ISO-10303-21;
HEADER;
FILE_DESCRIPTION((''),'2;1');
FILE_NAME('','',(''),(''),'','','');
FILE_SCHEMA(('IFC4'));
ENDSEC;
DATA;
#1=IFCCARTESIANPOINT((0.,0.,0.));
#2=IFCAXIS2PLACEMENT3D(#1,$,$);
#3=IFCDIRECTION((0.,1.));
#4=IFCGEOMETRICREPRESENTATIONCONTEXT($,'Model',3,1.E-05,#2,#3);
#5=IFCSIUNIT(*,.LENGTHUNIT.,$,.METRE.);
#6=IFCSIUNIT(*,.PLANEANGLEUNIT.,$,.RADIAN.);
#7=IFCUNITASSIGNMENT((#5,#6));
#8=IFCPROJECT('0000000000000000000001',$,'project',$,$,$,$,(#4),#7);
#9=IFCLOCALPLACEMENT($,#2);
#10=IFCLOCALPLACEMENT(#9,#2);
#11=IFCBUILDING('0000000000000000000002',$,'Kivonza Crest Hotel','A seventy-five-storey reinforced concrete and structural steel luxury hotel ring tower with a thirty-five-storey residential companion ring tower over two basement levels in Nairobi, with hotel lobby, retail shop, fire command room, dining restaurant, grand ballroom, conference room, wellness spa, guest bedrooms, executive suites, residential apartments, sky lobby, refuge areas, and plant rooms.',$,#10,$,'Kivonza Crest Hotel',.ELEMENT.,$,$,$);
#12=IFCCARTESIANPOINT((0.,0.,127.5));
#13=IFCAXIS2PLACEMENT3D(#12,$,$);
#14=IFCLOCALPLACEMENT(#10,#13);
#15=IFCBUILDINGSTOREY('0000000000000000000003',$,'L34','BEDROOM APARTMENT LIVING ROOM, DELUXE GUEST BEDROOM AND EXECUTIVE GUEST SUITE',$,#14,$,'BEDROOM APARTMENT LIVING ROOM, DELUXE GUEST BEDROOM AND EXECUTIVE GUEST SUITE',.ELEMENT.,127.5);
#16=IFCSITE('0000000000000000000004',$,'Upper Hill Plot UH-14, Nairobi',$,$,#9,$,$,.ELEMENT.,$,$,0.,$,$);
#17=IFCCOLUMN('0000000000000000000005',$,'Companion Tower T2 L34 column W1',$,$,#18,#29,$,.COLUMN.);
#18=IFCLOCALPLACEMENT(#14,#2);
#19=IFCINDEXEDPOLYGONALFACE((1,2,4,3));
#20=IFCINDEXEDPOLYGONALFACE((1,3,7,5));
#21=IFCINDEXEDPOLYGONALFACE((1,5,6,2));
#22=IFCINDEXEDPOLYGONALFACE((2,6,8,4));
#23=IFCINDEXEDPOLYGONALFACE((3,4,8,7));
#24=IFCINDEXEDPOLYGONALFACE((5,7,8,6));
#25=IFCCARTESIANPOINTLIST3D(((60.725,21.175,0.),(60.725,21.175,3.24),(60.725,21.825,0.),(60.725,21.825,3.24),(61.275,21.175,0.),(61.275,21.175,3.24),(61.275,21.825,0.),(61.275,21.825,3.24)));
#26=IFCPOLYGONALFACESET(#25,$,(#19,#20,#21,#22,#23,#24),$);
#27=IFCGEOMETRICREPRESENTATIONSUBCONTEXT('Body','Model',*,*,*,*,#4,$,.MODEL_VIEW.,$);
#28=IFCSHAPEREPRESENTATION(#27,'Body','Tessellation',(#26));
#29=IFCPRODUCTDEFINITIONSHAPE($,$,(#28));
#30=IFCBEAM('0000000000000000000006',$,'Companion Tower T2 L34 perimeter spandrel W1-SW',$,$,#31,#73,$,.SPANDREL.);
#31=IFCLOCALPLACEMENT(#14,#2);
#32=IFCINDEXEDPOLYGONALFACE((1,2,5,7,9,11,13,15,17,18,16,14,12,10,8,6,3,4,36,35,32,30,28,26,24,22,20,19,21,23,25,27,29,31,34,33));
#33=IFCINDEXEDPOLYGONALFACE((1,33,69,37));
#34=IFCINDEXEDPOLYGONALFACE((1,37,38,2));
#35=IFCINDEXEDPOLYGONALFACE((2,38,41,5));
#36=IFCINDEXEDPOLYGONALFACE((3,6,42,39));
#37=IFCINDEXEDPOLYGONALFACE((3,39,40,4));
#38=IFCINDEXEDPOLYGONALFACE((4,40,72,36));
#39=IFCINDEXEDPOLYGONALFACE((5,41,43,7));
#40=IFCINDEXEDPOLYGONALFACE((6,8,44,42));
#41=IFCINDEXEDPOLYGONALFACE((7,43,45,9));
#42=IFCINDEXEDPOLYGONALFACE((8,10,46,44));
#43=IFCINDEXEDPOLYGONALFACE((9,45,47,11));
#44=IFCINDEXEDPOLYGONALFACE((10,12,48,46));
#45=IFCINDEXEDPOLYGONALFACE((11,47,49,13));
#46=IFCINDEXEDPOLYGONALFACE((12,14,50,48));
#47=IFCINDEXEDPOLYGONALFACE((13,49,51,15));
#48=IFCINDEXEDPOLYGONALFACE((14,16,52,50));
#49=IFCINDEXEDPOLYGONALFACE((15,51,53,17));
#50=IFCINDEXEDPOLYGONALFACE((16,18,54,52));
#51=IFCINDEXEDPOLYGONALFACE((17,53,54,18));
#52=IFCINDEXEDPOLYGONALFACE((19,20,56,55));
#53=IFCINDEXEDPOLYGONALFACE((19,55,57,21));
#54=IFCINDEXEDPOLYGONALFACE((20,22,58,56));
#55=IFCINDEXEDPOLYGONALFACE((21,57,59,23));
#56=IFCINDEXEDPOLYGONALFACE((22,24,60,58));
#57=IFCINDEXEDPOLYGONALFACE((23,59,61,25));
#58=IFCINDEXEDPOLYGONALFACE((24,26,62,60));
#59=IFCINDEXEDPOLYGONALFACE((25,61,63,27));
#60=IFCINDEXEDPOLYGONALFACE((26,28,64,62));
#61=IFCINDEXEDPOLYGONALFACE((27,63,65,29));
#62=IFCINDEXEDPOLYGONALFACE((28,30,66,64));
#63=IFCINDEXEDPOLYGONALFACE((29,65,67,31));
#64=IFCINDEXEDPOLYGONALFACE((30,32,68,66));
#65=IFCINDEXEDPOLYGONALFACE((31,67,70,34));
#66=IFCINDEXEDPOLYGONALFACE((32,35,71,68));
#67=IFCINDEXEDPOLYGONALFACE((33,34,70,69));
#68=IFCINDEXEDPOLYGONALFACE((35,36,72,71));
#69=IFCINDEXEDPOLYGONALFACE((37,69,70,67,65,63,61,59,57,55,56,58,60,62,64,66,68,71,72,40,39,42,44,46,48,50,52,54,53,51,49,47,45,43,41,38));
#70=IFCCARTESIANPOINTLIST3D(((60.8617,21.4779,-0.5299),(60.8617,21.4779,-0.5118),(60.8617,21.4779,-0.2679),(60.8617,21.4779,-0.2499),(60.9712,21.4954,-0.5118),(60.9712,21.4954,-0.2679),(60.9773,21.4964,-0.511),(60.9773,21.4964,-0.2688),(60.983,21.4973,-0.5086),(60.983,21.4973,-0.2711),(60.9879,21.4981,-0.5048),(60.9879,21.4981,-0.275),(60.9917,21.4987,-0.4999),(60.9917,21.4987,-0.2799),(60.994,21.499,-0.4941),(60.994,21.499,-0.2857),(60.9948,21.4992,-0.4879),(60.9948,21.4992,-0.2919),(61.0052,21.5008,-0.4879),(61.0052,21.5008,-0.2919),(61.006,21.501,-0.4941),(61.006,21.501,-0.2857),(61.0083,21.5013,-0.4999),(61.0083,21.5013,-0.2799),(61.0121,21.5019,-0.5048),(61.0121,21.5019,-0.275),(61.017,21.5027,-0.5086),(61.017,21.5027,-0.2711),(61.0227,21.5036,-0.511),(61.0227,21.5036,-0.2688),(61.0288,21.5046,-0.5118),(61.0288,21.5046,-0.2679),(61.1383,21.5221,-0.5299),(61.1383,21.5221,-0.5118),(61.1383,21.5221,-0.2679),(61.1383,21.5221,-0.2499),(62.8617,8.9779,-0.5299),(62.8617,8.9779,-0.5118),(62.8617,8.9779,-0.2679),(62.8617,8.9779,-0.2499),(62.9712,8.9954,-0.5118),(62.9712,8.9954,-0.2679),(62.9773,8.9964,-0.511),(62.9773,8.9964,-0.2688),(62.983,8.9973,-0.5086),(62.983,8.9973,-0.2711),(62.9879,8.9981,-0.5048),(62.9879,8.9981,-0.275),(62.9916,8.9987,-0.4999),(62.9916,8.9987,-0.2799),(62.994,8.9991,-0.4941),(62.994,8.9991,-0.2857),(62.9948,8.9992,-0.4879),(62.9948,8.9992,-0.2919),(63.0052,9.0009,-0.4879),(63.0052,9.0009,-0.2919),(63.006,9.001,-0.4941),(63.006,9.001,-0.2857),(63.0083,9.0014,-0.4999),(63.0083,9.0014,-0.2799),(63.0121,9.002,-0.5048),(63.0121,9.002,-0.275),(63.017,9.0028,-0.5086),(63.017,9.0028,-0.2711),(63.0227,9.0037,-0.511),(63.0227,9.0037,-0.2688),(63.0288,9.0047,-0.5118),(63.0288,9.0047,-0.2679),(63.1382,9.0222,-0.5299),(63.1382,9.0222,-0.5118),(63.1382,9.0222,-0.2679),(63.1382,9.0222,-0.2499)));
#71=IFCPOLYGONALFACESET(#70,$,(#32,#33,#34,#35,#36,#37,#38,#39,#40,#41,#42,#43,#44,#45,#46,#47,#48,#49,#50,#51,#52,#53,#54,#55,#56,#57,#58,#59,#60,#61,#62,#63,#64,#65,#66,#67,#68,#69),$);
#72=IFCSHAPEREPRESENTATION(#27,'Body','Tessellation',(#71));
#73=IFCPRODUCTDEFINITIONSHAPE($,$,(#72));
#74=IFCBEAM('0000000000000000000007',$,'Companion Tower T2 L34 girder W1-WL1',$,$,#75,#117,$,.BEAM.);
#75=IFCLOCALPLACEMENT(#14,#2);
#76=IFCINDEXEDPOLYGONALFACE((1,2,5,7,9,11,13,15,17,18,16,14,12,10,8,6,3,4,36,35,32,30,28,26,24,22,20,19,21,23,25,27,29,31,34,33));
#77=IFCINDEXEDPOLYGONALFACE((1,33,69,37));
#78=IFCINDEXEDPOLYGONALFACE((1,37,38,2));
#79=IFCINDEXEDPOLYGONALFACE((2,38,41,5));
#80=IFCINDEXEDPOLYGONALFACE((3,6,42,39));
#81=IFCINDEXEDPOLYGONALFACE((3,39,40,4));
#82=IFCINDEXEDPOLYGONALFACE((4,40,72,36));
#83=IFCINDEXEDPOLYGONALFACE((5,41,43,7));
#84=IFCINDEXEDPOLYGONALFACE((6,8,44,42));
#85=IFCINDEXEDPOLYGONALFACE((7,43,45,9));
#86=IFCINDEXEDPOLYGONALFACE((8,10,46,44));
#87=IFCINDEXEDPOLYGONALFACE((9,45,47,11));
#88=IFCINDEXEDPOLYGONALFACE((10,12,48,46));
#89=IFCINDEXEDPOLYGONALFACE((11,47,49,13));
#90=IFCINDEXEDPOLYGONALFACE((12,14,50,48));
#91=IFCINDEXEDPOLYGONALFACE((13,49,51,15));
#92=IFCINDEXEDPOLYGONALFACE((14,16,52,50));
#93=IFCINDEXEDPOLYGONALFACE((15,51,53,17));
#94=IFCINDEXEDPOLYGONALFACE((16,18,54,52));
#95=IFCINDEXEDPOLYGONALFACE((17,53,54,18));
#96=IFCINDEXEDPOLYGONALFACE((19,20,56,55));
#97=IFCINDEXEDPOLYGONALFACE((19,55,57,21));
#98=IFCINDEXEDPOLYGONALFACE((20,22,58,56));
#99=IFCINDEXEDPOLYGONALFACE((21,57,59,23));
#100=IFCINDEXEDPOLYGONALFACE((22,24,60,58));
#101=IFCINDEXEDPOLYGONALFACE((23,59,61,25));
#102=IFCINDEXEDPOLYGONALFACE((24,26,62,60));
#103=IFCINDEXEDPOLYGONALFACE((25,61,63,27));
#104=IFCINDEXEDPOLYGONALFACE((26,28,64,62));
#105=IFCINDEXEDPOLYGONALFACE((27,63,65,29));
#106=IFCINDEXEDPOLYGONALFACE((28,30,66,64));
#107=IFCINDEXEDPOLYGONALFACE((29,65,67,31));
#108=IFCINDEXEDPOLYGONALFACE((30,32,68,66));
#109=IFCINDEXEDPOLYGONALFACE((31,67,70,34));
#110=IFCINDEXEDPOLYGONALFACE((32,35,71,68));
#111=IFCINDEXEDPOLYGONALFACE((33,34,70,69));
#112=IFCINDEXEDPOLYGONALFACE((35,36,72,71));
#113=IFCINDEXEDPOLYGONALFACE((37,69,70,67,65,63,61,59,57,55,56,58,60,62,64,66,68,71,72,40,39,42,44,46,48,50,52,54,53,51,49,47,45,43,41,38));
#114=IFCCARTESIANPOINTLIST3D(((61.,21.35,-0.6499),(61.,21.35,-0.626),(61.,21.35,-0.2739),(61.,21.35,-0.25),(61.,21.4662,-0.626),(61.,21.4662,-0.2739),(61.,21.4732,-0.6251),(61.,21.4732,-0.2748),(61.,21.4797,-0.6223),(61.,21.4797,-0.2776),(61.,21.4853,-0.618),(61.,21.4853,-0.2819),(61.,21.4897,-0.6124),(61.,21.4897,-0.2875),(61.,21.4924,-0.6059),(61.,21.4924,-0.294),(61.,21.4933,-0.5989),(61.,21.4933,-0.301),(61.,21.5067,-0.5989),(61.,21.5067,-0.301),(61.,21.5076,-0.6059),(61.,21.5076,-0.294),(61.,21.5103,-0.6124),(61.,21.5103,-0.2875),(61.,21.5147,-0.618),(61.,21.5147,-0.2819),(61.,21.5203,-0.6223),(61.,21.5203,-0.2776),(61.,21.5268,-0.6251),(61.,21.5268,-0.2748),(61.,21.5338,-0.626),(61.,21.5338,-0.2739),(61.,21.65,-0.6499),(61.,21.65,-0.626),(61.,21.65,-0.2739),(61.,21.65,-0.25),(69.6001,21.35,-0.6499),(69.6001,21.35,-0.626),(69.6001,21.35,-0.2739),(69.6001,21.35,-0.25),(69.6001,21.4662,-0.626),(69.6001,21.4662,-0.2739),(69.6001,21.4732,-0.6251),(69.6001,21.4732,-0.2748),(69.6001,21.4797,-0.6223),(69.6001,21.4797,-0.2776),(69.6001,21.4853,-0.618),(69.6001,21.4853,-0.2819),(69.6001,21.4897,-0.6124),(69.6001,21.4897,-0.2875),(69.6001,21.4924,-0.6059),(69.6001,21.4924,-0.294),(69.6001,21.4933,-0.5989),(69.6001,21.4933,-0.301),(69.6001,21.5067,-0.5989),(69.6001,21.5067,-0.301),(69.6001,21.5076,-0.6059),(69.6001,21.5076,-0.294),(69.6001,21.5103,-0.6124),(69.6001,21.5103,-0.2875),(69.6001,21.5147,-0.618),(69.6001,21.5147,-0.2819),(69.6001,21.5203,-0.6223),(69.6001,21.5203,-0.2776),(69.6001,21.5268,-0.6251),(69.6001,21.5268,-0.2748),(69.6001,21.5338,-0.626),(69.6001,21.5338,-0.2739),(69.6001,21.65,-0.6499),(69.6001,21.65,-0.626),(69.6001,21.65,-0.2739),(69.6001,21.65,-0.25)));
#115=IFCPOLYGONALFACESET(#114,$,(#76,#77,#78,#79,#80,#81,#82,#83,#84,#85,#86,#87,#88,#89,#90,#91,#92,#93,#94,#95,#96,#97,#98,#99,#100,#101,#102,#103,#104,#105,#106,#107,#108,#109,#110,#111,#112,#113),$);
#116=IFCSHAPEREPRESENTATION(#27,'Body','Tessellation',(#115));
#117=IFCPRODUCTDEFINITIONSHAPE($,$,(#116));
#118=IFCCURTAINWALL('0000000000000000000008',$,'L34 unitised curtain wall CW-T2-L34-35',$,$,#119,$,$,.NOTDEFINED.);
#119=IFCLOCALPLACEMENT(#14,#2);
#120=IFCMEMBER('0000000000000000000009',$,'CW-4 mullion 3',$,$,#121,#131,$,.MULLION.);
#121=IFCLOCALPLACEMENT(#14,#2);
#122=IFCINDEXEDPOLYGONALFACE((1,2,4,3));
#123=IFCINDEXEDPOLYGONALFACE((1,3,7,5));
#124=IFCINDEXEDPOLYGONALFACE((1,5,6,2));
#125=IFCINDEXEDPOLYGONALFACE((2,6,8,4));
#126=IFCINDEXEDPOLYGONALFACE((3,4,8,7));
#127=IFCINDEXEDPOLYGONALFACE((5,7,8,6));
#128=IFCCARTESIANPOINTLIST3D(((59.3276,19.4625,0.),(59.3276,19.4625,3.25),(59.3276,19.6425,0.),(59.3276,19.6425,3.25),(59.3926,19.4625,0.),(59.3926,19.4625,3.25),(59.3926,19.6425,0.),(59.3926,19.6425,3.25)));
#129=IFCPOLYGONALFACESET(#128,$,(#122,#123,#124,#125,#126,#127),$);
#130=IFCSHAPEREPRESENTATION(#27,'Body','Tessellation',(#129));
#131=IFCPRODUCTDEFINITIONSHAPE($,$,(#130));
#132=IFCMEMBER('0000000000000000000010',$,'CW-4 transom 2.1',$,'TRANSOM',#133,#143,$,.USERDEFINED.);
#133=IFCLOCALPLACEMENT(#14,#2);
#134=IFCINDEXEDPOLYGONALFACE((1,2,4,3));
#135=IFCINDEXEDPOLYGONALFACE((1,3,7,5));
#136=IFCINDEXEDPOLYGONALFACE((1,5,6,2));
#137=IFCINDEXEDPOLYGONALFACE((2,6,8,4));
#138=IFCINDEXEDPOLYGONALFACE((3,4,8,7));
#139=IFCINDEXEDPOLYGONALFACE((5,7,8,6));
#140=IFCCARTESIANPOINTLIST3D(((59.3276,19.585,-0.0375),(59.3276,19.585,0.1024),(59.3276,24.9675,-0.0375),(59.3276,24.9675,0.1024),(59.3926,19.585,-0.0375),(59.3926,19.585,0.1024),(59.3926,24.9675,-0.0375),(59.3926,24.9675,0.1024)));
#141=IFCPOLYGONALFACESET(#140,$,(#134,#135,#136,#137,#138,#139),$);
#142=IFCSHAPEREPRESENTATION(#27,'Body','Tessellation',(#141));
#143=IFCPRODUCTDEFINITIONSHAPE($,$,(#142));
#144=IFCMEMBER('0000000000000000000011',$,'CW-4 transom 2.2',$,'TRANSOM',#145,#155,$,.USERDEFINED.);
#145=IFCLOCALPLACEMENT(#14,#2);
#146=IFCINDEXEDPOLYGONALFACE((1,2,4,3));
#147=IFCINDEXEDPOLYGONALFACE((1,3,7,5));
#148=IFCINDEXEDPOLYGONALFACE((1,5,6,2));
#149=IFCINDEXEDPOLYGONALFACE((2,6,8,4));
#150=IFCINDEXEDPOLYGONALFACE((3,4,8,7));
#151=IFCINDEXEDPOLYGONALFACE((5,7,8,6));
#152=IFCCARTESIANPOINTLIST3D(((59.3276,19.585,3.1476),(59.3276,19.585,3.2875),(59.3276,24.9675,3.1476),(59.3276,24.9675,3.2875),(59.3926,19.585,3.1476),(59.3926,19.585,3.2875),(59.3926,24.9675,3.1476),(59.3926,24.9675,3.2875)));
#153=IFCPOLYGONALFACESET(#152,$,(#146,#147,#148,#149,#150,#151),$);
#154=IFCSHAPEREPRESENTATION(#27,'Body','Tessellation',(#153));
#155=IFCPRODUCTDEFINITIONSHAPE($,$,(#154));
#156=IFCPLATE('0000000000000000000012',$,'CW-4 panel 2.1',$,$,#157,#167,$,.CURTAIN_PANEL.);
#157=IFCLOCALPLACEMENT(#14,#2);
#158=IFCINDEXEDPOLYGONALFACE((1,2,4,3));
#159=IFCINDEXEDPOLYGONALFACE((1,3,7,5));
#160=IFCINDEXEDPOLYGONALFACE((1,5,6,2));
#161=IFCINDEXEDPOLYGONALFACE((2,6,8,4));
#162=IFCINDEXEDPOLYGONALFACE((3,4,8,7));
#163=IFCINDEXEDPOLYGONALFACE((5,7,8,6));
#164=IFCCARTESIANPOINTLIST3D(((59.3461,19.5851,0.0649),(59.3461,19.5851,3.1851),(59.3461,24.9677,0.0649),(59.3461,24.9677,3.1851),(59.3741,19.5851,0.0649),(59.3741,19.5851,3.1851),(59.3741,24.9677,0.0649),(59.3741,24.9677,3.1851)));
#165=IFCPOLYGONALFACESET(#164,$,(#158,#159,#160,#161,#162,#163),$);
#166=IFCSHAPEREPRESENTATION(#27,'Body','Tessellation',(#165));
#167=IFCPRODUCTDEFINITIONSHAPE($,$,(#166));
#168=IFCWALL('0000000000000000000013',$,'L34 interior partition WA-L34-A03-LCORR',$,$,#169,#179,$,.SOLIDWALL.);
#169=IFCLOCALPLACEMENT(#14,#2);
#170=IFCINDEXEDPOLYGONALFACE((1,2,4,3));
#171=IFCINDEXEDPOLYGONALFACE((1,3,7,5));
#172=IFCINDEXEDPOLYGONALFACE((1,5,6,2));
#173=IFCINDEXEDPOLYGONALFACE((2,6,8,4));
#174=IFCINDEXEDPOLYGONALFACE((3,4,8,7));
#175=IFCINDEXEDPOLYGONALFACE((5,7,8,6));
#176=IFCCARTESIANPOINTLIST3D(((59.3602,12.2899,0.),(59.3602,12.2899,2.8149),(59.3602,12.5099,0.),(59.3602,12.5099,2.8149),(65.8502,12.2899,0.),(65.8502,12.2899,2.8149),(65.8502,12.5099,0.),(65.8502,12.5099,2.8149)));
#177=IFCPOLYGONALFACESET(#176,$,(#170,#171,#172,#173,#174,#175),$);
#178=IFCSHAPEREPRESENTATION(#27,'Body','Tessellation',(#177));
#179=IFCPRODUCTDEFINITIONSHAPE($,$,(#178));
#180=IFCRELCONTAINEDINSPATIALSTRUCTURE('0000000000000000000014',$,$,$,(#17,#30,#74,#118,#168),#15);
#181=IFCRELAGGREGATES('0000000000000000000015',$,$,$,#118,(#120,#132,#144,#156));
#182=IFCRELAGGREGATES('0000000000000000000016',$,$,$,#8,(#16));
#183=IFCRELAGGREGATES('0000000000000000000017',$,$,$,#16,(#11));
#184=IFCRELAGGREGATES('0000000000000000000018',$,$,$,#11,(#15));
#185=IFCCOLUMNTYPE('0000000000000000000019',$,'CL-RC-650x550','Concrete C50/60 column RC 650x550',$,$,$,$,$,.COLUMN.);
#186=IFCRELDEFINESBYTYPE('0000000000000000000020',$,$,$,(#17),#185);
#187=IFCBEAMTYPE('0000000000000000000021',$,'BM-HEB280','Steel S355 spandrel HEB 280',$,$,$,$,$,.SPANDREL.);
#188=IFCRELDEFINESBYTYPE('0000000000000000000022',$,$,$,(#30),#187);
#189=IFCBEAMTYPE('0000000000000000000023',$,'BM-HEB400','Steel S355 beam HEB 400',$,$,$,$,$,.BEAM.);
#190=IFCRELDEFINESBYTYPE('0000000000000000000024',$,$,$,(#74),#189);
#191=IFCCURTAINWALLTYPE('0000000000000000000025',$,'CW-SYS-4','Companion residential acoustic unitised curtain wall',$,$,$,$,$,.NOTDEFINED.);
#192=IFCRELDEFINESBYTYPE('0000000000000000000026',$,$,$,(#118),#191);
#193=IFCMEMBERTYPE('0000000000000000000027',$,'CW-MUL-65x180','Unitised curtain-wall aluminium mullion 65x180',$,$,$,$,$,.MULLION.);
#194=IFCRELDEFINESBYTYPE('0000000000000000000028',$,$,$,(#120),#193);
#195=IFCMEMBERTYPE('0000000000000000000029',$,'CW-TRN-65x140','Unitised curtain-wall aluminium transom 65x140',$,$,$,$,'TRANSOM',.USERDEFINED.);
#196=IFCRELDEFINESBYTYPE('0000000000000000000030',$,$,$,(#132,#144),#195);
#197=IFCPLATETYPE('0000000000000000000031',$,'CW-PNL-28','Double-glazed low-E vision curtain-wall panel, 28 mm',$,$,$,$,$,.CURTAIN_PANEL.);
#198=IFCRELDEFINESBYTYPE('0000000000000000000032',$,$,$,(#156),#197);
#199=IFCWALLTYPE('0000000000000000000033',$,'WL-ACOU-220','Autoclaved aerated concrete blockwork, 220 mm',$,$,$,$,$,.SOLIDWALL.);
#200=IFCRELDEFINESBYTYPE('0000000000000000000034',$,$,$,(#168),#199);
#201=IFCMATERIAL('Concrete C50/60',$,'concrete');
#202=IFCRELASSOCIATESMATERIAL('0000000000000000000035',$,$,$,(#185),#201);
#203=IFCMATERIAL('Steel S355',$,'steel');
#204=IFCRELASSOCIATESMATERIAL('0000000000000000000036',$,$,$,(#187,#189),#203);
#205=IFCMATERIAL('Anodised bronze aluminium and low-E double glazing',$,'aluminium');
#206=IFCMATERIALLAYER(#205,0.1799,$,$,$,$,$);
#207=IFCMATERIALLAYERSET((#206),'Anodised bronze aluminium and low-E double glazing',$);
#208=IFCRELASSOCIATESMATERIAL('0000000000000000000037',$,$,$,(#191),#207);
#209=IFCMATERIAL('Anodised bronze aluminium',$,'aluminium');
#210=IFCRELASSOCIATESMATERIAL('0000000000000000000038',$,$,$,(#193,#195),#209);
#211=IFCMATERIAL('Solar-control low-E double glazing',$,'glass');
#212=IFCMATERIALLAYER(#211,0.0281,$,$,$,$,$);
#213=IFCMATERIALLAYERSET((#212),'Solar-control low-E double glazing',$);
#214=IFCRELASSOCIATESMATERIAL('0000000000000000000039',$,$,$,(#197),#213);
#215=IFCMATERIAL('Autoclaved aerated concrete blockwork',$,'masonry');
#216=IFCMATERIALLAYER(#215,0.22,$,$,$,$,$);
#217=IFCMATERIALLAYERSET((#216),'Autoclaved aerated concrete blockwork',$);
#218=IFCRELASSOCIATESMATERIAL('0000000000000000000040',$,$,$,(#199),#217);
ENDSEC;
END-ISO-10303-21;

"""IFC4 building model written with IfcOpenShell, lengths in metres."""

from ifc_helpers import new_model, si_unit, direction, frame, frame_2d, origin, origin_2d, place, context, subcontext, project, spatial, rectangle, i_section, extrude, material, layer, layer_set, material_profile, profile_set, type_object, element, aggregate, save


model = new_model("IFC4")

# Units and contexts
model_context = context("Model", 3, precision=1e-05, world=origin(), true_north=direction((0.0, 1.0)))
body_context = subcontext(model_context, "Body", "Model", "MODEL_VIEW")
ifc_project = project(units=[si_unit("LENGTHUNIT", "METRE"), si_unit("PLANEANGLEUNIT", "RADIAN")], contexts=[model_context])

# Site, building, storey
site_placement = place(None, origin())
site = spatial("IfcSite", under=ifc_project, at=site_placement, Name="Upper Hill Plot UH-14, Nairobi", CompositionType="ELEMENT", RefElevation=0.0)
building_placement = place(site_placement, origin())
building = spatial("IfcBuilding", under=site, at=building_placement, Name="Kivonza Crest Hotel", Description="A seventy-five-storey reinforced concrete and structural steel luxury hotel ring tower with a thirty-five-storey residential companion ring tower over two basement levels in Nairobi, with hotel lobby, retail shop, fire command room, dining restaurant, grand ballroom, conference room, wellness spa, guest bedrooms, executive suites, residential apartments, sky lobby, refuge areas, and plant rooms.", LongName="Kivonza Crest Hotel", CompositionType="ELEMENT")
storey_placement = place(building_placement, frame((0.0, 0.0, 127.5)))
storey = spatial("IfcBuildingStorey", under=building, at=storey_placement, Name="L34", Description="BEDROOM APARTMENT LIVING ROOM, DELUXE GUEST BEDROOM AND EXECUTIVE GUEST SUITE", LongName="BEDROOM APARTMENT LIVING ROOM, DELUXE GUEST BEDROOM AND EXECUTIVE GUEST SUITE", CompositionType="ELEMENT", Elevation=127.5)

# Column
ifc_material_1 = material(Name="Concrete C50/60", Category="concrete")
ifc_material_profile_1 = material_profile(ifc_material_1, rectangle(XDim=0.55, YDim=0.6499, at=origin_2d()), Name="RC 650x550")
ifc_profile_set_1 = profile_set([ifc_material_profile_1], Name="Concrete C50/60")
column_type = type_object("IfcColumnType", Name="CL-RC-650x550", Description="Concrete C50/60 column RC 650x550", PredefinedType="COLUMN", material=ifc_profile_set_1)
column_placement = place(storey_placement, frame((61.0, 21.5, 0.0), z_axis=(0.0, 0.0, 1.0), x_axis=(1.0, 0.0, 0.0)))
element("IfcColumn", 1, at=column_placement, inside=storey, type_object=column_type, Name="Companion Tower T2 L34 column W1", PredefinedType="COLUMN", context=body_context, shape_type="SweptSolid", body=[
    extrude(rectangle(XDim=0.55, YDim=0.6499, at=origin_2d()), origin(), (0.0, 0.0, 1.0), 3.24),
])

# Beams
ifc_material_2 = material(Name="Steel S355", Category="steel")
ifc_material_profile_2 = material_profile(ifc_material_2, i_section(OverallWidth=0.28, OverallDepth=0.28, WebThickness=0.0105, FlangeThickness=0.0181, FilletRadius=0.0239, at=origin_2d()), Name="HEB 280")
ifc_profile_set_2 = profile_set([ifc_material_profile_2], Name="Steel S355")
beam_type_1 = type_object("IfcBeamType", Name="BM-HEB280", Description="Steel S355 spandrel HEB 280", PredefinedType="SPANDREL", material=ifc_profile_set_2)
beam_1_placement = place(storey_placement, frame((61.0, 21.5, -0.3899), z_axis=(0.157991, -0.987441, 0.0), x_axis=(0.987441, 0.157991, 0.0)))
element("IfcBeam", 2, at=beam_1_placement, inside=storey, type_object=beam_type_1, Name="Companion Tower T2 L34 perimeter spandrel W1-SW", PredefinedType="SPANDREL", context=body_context, shape_type="SweptSolid", body=[
    extrude(i_section(OverallWidth=0.28, OverallDepth=0.28, WebThickness=0.0105, FlangeThickness=0.0181, FilletRadius=0.0239, at=origin_2d()), origin(), (0.0, 0.0, 1.0), 12.6589),
])
ifc_material_profile_3 = material_profile(ifc_material_2, i_section(OverallWidth=0.3, OverallDepth=0.3999, WebThickness=0.0134, FlangeThickness=0.0239, FilletRadius=0.0271, at=origin_2d()), Name="HEB 400")
ifc_profile_set_3 = profile_set([ifc_material_profile_3], Name="Steel S355")
beam_type_2 = type_object("IfcBeamType", Name="BM-HEB400", Description="Steel S355 beam HEB 400", PredefinedType="BEAM", material=ifc_profile_set_3)
beam_2_placement = place(storey_placement, frame((61.0, 21.5, -0.45), z_axis=(1.0, 0.0, 0.0), x_axis=(0.0, 1.0, 0.0)))
element("IfcBeam", 3, at=beam_2_placement, inside=storey, type_object=beam_type_2, Name="Companion Tower T2 L34 girder W1-WL1", PredefinedType="BEAM", context=body_context, shape_type="SweptSolid", body=[
    extrude(i_section(OverallWidth=0.3, OverallDepth=0.3999, WebThickness=0.0134, FlangeThickness=0.0239, FilletRadius=0.0271, at=origin_2d()), origin(), (0.0, 0.0, 1.0), 8.6001),
])

# Curtain wall, members, plate
ifc_material_3 = material(Name="Anodised bronze aluminium and low-E double glazing", Category="aluminium")
ifc_layer_1 = layer(ifc_material_3, 0.1799)
ifc_layer_set_1 = layer_set([ifc_layer_1], Name="Anodised bronze aluminium and low-E double glazing")
curtain_wall_type = type_object("IfcCurtainWallType", Name="CW-SYS-4", Description="Companion residential acoustic unitised curtain wall", PredefinedType="NOTDEFINED", material=ifc_layer_set_1)
curtain_wall_placement = place(storey_placement, origin())
curtain_wall = element("IfcCurtainWall", 4, at=curtain_wall_placement, inside=storey, type_object=curtain_wall_type, Name="L34 unitised curtain wall CW-T2-L34-35", PredefinedType="NOTDEFINED")
ifc_material_4 = material(Name="Anodised bronze aluminium", Category="aluminium")
ifc_material_profile_4 = material_profile(ifc_material_4, rectangle(XDim=0.0649, YDim=0.1799, at=origin_2d()), Name="CW-M 65x180")
ifc_profile_set_4 = profile_set([ifc_material_profile_4], Name="Anodised bronze aluminium")
member_type_1 = type_object("IfcMemberType", Name="CW-MUL-65x180", Description="Unitised curtain-wall aluminium mullion 65x180", PredefinedType="MULLION", material=ifc_profile_set_4)
member_1_placement = place(storey_placement, frame((59.3601, 19.5525, 0.0), z_axis=(0.0, 0.0, 1.0), x_axis=(1.0, 0.0, 0.0)))
member_1 = element("IfcMember", 5, at=member_1_placement, type_object=member_type_1, Name="CW-4 mullion 3", PredefinedType="MULLION", context=body_context, shape_type="SweptSolid", body=[
    extrude(rectangle(XDim=0.0649, YDim=0.1799, at=origin_2d()), origin(), (0.0, 0.0, 1.0), 3.25),
])
ifc_material_profile_5 = material_profile(ifc_material_4, rectangle(XDim=0.0649, YDim=0.1399, at=origin_2d()), Name="CW-T 65x140")
ifc_profile_set_5 = profile_set([ifc_material_profile_5], Name="Anodised bronze aluminium")
member_type_2 = type_object("IfcMemberType", Name="CW-TRN-65x140", Description="Unitised curtain-wall aluminium transom 65x140", ElementType="TRANSOM", PredefinedType="USERDEFINED", material=ifc_profile_set_5)
member_2_placement = place(storey_placement, frame((59.3601, 24.9675, 0.0325), z_axis=(0.0, -1.0, 0.0), x_axis=(1.0, 0.0, 0.0)))
member_2 = element("IfcMember", 6, at=member_2_placement, type_object=member_type_2, Name="CW-4 transom 2.1", ObjectType="TRANSOM", PredefinedType="USERDEFINED", context=body_context, shape_type="SweptSolid", body=[
    extrude(rectangle(XDim=0.0649, YDim=0.1399, at=origin_2d()), origin(), (0.0, 0.0, 1.0), 5.3826),
])
member_3_placement = place(storey_placement, frame((59.3601, 24.9675, 3.2175), z_axis=(0.0, -1.0, 0.0), x_axis=(1.0, 0.0, 0.0)))
member_3 = element("IfcMember", 7, at=member_3_placement, type_object=member_type_2, Name="CW-4 transom 2.2", ObjectType="TRANSOM", PredefinedType="USERDEFINED", context=body_context, shape_type="SweptSolid", body=[
    extrude(rectangle(XDim=0.0649, YDim=0.1399, at=origin_2d()), origin(), (0.0, 0.0, 1.0), 5.3826),
])
ifc_material_5 = material(Name="Solar-control low-E double glazing", Category="glass")
ifc_layer_2 = layer(ifc_material_5, 0.0281)
ifc_layer_set_2 = layer_set([ifc_layer_2], Name="Solar-control low-E double glazing")
plate_type = type_object("IfcPlateType", Name="CW-PNL-28", Description="Double-glazed low-E vision curtain-wall panel, 28 mm", PredefinedType="CURTAIN_PANEL", material=ifc_layer_set_2)
plate_placement = place(storey_placement, frame((59.3601, 22.2764, 0.0649), z_axis=(0.0, 0.0, 1.0), x_axis=(0.0, -1.0, 0.0)))
plate = element("IfcPlate", 8, at=plate_placement, type_object=plate_type, Name="CW-4 panel 2.1", PredefinedType="CURTAIN_PANEL", context=body_context, shape_type="SweptSolid", body=[
    extrude(rectangle(XDim=5.3826, YDim=0.0281, at=origin_2d()), origin(), (0.0, 0.0, 1.0), 3.1201),
])
aggregate(curtain_wall, [member_1, member_2, member_3, plate])

# Wall
ifc_material_6 = material(Name="Autoclaved aerated concrete blockwork", Category="masonry")
ifc_layer_3 = layer(ifc_material_6, 0.22)
ifc_layer_set_3 = layer_set([ifc_layer_3], Name="Autoclaved aerated concrete blockwork")
wall_type_1 = type_object("IfcWallType", Name="WL-ACOU-220", Description="Autoclaved aerated concrete blockwork, 220 mm", PredefinedType="SOLIDWALL", material=ifc_layer_set_3)
wall_1_placement = place(storey_placement, frame((59.3601, 12.3999, 0.0), z_axis=(0.0, 0.0, 1.0), x_axis=(1.0, 0.0, 0.0)))
element("IfcWall", 9, at=wall_1_placement, inside=storey, type_object=wall_type_1, Name="L34 interior partition WA-L34-A03-LCORR", PredefinedType="SOLIDWALL", context=body_context, shape_type="SweptSolid", body=[
    extrude(rectangle(XDim=6.49, YDim=0.22, at=frame_2d((3.2451, 0.0))), origin(), (0.0, 0.0, 1.0), 2.8149),
])

save(model, "model.ifc")
